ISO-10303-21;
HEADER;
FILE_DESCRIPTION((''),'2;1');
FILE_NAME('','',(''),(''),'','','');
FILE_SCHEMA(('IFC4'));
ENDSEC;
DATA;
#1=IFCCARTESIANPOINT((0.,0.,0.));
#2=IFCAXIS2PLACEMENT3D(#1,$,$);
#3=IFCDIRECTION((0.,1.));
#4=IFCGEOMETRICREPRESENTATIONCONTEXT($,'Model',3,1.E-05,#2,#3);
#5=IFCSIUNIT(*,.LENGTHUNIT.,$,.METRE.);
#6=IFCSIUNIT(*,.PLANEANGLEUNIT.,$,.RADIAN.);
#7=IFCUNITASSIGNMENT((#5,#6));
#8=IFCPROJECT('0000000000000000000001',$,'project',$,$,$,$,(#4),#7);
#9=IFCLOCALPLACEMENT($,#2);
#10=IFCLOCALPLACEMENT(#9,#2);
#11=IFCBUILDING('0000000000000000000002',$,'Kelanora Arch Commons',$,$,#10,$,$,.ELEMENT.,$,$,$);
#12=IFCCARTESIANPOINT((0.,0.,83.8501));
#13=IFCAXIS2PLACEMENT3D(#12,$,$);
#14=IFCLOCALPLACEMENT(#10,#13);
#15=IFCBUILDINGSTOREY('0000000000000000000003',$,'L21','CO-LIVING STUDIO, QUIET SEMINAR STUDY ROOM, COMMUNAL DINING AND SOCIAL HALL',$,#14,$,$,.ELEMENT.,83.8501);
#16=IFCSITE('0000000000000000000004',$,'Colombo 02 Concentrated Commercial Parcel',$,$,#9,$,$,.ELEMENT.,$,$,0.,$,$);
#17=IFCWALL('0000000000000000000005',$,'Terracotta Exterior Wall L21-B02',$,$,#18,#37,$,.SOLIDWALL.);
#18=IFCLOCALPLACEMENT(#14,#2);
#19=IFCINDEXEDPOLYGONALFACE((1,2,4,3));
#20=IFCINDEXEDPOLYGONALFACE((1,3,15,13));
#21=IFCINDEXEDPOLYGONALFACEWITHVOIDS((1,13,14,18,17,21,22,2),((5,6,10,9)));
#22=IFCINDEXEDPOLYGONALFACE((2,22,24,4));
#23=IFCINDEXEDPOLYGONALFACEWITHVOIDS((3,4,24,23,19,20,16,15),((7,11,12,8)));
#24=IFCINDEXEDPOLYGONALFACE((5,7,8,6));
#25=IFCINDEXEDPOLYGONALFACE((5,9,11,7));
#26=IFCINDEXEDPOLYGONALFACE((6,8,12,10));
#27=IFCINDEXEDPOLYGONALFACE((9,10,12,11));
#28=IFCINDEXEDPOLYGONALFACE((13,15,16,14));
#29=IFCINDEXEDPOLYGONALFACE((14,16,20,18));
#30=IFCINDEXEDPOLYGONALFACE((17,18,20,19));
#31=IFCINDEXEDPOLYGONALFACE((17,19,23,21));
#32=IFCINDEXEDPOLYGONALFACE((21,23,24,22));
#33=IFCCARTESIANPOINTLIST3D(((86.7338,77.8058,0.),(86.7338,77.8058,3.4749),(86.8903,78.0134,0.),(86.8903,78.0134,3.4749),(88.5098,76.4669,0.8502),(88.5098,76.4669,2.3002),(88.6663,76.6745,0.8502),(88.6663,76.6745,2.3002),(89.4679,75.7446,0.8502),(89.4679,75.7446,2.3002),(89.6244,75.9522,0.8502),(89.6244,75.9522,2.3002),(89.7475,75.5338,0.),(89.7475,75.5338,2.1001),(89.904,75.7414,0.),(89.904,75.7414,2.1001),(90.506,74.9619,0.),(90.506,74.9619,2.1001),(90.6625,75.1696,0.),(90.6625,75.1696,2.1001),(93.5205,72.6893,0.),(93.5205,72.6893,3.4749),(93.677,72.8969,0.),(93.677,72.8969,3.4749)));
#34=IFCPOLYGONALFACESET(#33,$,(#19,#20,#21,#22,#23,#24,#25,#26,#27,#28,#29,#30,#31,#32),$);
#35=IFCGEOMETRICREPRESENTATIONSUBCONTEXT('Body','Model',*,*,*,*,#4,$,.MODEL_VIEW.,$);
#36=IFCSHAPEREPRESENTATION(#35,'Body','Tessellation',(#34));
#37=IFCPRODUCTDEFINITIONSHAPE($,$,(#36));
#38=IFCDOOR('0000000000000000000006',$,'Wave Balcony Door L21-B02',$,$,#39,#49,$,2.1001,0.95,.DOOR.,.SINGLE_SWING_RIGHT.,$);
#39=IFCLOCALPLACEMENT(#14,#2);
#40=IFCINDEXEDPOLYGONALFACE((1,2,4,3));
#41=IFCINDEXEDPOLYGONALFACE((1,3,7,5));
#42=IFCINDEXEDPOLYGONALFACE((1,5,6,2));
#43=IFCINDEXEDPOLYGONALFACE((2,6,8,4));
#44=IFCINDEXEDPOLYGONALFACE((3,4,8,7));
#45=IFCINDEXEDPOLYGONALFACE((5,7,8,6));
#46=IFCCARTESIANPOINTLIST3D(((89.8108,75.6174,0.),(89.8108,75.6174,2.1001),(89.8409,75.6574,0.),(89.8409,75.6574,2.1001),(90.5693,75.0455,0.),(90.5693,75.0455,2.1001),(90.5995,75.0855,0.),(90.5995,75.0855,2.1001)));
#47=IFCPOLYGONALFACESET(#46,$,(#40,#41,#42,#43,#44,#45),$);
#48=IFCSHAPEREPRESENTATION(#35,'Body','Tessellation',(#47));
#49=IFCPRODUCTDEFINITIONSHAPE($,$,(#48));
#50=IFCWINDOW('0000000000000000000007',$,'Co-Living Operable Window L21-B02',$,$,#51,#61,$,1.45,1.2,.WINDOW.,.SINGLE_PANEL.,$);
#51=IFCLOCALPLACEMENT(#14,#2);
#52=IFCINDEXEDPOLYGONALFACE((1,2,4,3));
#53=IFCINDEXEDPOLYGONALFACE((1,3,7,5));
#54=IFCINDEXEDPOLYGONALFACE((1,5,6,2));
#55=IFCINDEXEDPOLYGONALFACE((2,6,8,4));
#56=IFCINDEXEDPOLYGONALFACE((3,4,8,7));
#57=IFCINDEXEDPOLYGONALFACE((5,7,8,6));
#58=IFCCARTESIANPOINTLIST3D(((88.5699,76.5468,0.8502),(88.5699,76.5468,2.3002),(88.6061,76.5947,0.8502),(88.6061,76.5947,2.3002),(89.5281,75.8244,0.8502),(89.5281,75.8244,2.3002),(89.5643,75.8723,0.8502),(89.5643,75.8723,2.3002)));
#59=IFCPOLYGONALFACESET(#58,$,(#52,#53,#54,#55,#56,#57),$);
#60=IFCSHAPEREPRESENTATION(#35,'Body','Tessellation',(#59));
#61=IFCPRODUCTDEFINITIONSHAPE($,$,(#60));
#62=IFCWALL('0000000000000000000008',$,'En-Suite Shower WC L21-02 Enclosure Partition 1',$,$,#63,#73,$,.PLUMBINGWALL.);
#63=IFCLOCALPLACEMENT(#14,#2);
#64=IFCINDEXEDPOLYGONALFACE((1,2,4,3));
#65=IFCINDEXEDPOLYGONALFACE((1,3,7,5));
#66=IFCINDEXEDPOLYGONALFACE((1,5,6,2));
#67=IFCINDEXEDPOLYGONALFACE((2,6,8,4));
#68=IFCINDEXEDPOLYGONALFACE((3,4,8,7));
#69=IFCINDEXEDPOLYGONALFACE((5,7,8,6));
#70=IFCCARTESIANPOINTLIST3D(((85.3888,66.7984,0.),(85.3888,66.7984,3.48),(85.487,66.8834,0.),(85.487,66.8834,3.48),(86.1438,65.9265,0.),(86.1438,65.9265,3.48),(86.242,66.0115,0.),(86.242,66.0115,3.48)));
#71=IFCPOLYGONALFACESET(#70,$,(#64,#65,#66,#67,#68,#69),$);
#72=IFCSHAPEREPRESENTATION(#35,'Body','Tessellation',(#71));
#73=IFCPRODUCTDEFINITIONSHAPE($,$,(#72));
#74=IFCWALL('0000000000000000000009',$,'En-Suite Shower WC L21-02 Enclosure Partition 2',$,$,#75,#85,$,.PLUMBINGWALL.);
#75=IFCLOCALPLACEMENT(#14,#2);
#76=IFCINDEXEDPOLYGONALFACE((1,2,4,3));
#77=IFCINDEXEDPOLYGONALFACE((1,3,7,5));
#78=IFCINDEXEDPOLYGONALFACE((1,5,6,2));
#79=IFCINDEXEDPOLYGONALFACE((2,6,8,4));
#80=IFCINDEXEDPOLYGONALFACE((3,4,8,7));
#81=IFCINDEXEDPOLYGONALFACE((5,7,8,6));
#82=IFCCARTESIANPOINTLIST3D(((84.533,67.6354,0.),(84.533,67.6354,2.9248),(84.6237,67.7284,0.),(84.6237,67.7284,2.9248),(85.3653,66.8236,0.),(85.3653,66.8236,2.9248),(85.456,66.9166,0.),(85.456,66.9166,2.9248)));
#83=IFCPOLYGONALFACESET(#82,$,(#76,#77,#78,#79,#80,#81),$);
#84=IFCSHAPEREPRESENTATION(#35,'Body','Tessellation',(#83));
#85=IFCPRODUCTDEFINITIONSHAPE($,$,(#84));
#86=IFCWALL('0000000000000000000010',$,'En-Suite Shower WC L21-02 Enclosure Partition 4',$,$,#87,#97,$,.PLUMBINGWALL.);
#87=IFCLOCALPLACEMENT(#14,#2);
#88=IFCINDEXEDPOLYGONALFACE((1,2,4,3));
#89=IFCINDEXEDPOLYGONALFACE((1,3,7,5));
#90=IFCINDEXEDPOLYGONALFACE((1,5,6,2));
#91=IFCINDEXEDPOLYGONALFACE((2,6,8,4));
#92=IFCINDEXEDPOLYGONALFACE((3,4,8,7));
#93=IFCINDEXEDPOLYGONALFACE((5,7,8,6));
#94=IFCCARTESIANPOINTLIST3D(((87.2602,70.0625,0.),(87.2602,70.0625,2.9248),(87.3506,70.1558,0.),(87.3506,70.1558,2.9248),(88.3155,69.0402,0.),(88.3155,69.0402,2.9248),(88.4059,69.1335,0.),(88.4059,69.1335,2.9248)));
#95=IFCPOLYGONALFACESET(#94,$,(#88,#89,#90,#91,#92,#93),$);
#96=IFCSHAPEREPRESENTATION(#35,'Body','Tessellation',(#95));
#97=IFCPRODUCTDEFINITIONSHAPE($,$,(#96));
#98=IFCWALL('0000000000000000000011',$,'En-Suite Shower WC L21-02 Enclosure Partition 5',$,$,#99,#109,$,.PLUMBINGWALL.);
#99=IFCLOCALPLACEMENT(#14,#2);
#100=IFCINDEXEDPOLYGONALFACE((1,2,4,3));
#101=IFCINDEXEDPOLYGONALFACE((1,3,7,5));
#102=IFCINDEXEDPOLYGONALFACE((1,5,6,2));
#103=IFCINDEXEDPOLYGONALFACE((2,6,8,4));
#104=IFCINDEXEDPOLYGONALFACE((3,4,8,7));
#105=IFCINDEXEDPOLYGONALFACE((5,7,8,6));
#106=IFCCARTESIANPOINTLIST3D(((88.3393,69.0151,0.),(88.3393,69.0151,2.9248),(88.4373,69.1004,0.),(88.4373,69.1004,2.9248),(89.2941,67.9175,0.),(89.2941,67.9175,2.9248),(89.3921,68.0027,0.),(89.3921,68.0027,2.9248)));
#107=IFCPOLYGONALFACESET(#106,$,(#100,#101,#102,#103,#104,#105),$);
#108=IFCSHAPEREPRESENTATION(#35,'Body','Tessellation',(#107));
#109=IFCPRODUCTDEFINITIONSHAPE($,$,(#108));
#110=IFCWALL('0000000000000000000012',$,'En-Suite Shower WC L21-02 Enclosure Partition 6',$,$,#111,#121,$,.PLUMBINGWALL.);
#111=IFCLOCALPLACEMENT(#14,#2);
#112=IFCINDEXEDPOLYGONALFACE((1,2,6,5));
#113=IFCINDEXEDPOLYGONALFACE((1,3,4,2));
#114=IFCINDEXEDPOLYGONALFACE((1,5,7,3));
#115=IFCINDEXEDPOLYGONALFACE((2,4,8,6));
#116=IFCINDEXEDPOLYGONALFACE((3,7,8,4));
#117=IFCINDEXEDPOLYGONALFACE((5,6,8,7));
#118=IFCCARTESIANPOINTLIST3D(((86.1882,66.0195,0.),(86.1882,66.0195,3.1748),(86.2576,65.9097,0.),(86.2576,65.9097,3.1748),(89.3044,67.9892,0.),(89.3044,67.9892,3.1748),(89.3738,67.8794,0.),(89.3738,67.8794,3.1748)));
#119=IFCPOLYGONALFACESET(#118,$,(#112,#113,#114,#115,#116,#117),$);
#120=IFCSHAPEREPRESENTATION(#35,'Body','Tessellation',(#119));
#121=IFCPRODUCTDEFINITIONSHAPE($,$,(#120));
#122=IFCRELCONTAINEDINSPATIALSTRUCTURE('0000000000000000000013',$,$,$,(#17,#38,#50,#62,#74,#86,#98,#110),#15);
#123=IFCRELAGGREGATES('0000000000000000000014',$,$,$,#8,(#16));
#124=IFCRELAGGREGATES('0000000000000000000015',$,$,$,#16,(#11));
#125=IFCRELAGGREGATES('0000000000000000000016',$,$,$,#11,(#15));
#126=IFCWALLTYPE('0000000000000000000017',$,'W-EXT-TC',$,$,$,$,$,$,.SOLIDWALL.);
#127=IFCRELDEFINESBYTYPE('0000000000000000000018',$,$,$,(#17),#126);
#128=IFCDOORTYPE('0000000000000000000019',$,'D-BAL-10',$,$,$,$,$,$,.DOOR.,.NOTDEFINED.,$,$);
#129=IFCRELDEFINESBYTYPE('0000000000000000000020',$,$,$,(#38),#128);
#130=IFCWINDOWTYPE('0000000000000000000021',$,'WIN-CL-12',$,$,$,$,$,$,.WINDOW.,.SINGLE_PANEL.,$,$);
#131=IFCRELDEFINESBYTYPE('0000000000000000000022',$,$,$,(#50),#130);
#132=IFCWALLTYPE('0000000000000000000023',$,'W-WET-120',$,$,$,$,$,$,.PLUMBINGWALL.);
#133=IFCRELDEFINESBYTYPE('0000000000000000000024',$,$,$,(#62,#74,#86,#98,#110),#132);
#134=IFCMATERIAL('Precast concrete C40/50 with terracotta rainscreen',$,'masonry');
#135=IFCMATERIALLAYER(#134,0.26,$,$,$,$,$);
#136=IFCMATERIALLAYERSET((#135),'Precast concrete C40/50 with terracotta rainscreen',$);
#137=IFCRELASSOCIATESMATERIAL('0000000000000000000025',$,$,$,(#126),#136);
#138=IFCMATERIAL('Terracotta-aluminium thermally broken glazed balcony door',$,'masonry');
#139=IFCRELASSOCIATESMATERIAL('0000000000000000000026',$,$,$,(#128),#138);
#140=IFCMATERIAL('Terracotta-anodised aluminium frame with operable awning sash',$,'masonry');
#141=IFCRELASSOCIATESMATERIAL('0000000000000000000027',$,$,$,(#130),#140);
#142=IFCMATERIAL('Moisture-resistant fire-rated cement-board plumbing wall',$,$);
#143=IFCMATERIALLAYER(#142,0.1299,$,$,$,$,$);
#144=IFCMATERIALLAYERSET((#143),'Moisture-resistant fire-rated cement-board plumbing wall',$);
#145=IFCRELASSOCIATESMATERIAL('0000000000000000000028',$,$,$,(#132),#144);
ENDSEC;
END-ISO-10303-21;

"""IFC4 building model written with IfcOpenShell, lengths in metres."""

from ifc_helpers import new_model, si_unit, direction, frame, frame_2d, origin, place, context, subcontext, project, spatial, rectangle, extrude, material, layer, layer_set, type_object, element, fill, save


model = new_model("IFC4")

# Units and contexts
model_context = context("Model", 3, precision=1e-05, world=origin(), true_north=direction((0.0, 1.0)))
body_context = subcontext(model_context, "Body", "Model", "MODEL_VIEW")
ifc_project = project(units=[si_unit("LENGTHUNIT", "METRE"), si_unit("PLANEANGLEUNIT", "RADIAN")], contexts=[model_context])

# Site, building, storey
site_placement = place(None, origin())
site = spatial("IfcSite", under=ifc_project, at=site_placement, Name="Colombo 02 Concentrated Commercial Parcel", CompositionType="ELEMENT", RefElevation=0.0)
building_placement = place(site_placement, origin())
building = spatial("IfcBuilding", under=site, at=building_placement, Name="Kelanora Arch Commons", CompositionType="ELEMENT")
storey_placement = place(building_placement, frame((0.0, 0.0, 83.8501)))
storey = spatial("IfcBuildingStorey", under=building, at=storey_placement, Name="L21", Description="CO-LIVING STUDIO, QUIET SEMINAR STUDY ROOM, COMMUNAL DINING AND SOCIAL HALL", CompositionType="ELEMENT", Elevation=83.8501)

# Wall, openings, door, window
ifc_material_1 = material(Name="Precast concrete C40/50 with terracotta rainscreen", Category="masonry")
ifc_layer_1 = layer(ifc_material_1, 0.26)
ifc_layer_set_1 = layer_set([ifc_layer_1], Name="Precast concrete C40/50 with terracotta rainscreen")
wall_type_1 = type_object("IfcWallType", Name="W-EXT-TC", PredefinedType="SOLIDWALL", material=ifc_layer_set_1)
ifc_material_2 = material(Name="Terracotta-aluminium thermally broken glazed balcony door", Category="masonry")
door_type = type_object("IfcDoorType", Name="D-BAL-10", OperationType="NOTDEFINED", PredefinedType="DOOR", material=ifc_material_2)
ifc_material_3 = material(Name="Terracotta-anodised aluminium frame with operable awning sash", Category="masonry")
window_type = type_object("IfcWindowType", Name="WIN-CL-12", PartitioningType="SINGLE_PANEL", PredefinedType="WINDOW", material=ifc_material_3)
wall_1_placement = place(storey_placement, frame((93.5986, 72.7932, 0.0), z_axis=(0.0, 0.0, 1.0), x_axis=(-0.798502, 0.601993, 0.0)))
wall_1 = element("IfcWall", 1, at=wall_1_placement, inside=storey, type_object=wall_type_1, Name="Terracotta Exterior Wall L21-B02", PredefinedType="SOLIDWALL", context=body_context, shape_type="SweptSolid", body=[
    extrude(rectangle(XDim=8.4993, YDim=0.26, at=frame_2d((4.2495, 0.0))), origin(), (0.0, 0.0, 1.0), 3.4749),
])
opening_1_placement = place(wall_1_placement, frame((3.7749, 0.0, 0.0)))
opening_1 = element("IfcOpeningElement", 2, at=opening_1_placement, cuts=wall_1, PredefinedType="OPENING", context=body_context, shape_type="SweptSolid", body=[
    extrude(rectangle(XDim=0.95, YDim=2.1001, at=frame_2d((0.4751, 1.05))), frame((0.0, 0.1401, 0.0), z_axis=(0.0, -1.0, 0.0), x_axis=(1.0, 0.0, 0.0)), (0.0, 0.0, 1.0), 0.28),
])
opening_2_placement = place(wall_1_placement, frame((5.075, 0.0, 0.8501)))
opening_2 = element("IfcOpeningElement", 3, at=opening_2_placement, cuts=wall_1, PredefinedType="OPENING", context=body_context, shape_type="SweptSolid", body=[
    extrude(rectangle(XDim=1.2, YDim=1.45, at=frame_2d((0.6001, 0.7251))), frame((0.0, 0.1401, 0.0), z_axis=(0.0, -1.0, 0.0), x_axis=(1.0, 0.0, 0.0)), (0.0, 0.0, 1.0), 0.28),
])
door_1_placement = place(opening_1_placement, frame((0.95, 0.0, 0.0), z_axis=(0.0, 0.0, 1.0), x_axis=(-1.0, 0.0, 0.0)))
door_1 = element("IfcDoor", 4, at=door_1_placement, inside=storey, type_object=door_type, Name="Wave Balcony Door L21-B02", OperationType="SINGLE_SWING_RIGHT", OverallHeight=2.1001, OverallWidth=0.95, PredefinedType="DOOR", context=body_context, shape_type="SweptSolid", body=[
    extrude(rectangle(XDim=0.95, YDim=2.1001, at=frame_2d((0.4751, 1.05))), frame((0.0, 0.0249, 0.0), z_axis=(0.0, -1.0, 0.0), x_axis=(1.0, 0.0, 0.0)), (0.0, 0.0, 1.0), 0.05),
])
fill(opening_1, door_1)
window_1_placement = place(opening_2_placement, origin())
window_1 = element("IfcWindow", 5, at=window_1_placement, inside=storey, type_object=window_type, Name="Co-Living Operable Window L21-B02", OverallHeight=1.45, OverallWidth=1.2, PartitioningType="SINGLE_PANEL", PredefinedType="WINDOW", context=body_context, shape_type="SweptSolid", body=[
    extrude(rectangle(XDim=1.2, YDim=1.45, at=frame_2d((0.6001, 0.7251))), frame((0.0, 0.03, 0.0), z_axis=(0.0, -1.0, 0.0), x_axis=(1.0, 0.0, 0.0)), (0.0, 0.0, 1.0), 0.0601),
])
fill(opening_2, window_1)

# Walls
ifc_material_4 = material(Name="Moisture-resistant fire-rated cement-board plumbing wall")
ifc_layer_2 = layer(ifc_material_4, 0.1299)
ifc_layer_set_2 = layer_set([ifc_layer_2], Name="Moisture-resistant fire-rated cement-board plumbing wall")
wall_type_2 = type_object("IfcWallType", Name="W-WET-120", PredefinedType="PLUMBINGWALL", material=ifc_layer_set_2)
wall_2_placement = place(storey_placement, frame((86.1929, 65.969, 0.0), z_axis=(0.0, 0.0, 1.0), x_axis=(-0.654584, 0.755989, 0.0)))
element("IfcWall", 6, at=wall_2_placement, inside=storey, type_object=wall_type_2, Name="En-Suite Shower WC L21-02 Enclosure Partition 1", PredefinedType="PLUMBINGWALL", context=body_context, shape_type="SweptSolid", body=[
    extrude(rectangle(XDim=1.1533, YDim=0.1299, at=frame_2d((0.5767, 0.0))), origin(), (0.0, 0.0, 1.0), 3.48),
])
wall_3_placement = place(storey_placement, frame((85.4106, 66.8701, 0.0), z_axis=(0.0, 0.0, 1.0), x_axis=(-0.715872, 0.698232, 0.0)))
element("IfcWall", 7, at=wall_3_placement, inside=storey, type_object=wall_type_2, Name="En-Suite Shower WC L21-02 Enclosure Partition 2", PredefinedType="PLUMBINGWALL", context=body_context, shape_type="SweptSolid", body=[
    extrude(rectangle(XDim=1.1626, YDim=0.1299, at=frame_2d((0.5813, 0.0))), origin(), (0.0, 0.0, 1.0), 2.9248),
])
wall_4_placement = place(storey_placement, frame((87.3054, 70.1091, 0.0), z_axis=(0.0, 0.0, 1.0), x_axis=(0.718235, -0.695801, 0.0)))
element("IfcWall", 8, at=wall_4_placement, inside=storey, type_object=wall_type_2, Name="En-Suite Shower WC L21-02 Enclosure Partition 4", PredefinedType="PLUMBINGWALL", context=body_context, shape_type="SweptSolid", body=[
    extrude(rectangle(XDim=1.4692, YDim=0.1299, at=frame_2d((0.7346, 0.0))), origin(), (0.0, 0.0, 1.0), 2.9248),
])
wall_5_placement = place(storey_placement, frame((88.3882, 69.0579, 0.0), z_axis=(0.0, 0.0, 1.0), x_axis=(0.656316, -0.754486, 0.0)))
element("IfcWall", 9, at=wall_5_placement, inside=storey, type_object=wall_type_2, Name="En-Suite Shower WC L21-02 Enclosure Partition 5", PredefinedType="PLUMBINGWALL", context=body_context, shape_type="SweptSolid", body=[
    extrude(rectangle(XDim=1.4548, YDim=0.1299, at=frame_2d((0.7275, 0.0))), origin(), (0.0, 0.0, 1.0), 2.9248),
])
wall_6_placement = place(storey_placement, frame((89.3391, 67.9343, 0.0), z_axis=(0.0, 0.0, 1.0), x_axis=(-0.845294, -0.534302, 0.0)))
element("IfcWall", 10, at=wall_6_placement, inside=storey, type_object=wall_type_2, Name="En-Suite Shower WC L21-02 Enclosure Partition 6", PredefinedType="PLUMBINGWALL", context=body_context, shape_type="SweptSolid", body=[
    extrude(rectangle(XDim=3.6865, YDim=0.1299, at=frame_2d((1.8433, 0.0))), origin(), (0.0, 0.0, 1.0), 3.1748),
])

save(model, "model.ifc")
